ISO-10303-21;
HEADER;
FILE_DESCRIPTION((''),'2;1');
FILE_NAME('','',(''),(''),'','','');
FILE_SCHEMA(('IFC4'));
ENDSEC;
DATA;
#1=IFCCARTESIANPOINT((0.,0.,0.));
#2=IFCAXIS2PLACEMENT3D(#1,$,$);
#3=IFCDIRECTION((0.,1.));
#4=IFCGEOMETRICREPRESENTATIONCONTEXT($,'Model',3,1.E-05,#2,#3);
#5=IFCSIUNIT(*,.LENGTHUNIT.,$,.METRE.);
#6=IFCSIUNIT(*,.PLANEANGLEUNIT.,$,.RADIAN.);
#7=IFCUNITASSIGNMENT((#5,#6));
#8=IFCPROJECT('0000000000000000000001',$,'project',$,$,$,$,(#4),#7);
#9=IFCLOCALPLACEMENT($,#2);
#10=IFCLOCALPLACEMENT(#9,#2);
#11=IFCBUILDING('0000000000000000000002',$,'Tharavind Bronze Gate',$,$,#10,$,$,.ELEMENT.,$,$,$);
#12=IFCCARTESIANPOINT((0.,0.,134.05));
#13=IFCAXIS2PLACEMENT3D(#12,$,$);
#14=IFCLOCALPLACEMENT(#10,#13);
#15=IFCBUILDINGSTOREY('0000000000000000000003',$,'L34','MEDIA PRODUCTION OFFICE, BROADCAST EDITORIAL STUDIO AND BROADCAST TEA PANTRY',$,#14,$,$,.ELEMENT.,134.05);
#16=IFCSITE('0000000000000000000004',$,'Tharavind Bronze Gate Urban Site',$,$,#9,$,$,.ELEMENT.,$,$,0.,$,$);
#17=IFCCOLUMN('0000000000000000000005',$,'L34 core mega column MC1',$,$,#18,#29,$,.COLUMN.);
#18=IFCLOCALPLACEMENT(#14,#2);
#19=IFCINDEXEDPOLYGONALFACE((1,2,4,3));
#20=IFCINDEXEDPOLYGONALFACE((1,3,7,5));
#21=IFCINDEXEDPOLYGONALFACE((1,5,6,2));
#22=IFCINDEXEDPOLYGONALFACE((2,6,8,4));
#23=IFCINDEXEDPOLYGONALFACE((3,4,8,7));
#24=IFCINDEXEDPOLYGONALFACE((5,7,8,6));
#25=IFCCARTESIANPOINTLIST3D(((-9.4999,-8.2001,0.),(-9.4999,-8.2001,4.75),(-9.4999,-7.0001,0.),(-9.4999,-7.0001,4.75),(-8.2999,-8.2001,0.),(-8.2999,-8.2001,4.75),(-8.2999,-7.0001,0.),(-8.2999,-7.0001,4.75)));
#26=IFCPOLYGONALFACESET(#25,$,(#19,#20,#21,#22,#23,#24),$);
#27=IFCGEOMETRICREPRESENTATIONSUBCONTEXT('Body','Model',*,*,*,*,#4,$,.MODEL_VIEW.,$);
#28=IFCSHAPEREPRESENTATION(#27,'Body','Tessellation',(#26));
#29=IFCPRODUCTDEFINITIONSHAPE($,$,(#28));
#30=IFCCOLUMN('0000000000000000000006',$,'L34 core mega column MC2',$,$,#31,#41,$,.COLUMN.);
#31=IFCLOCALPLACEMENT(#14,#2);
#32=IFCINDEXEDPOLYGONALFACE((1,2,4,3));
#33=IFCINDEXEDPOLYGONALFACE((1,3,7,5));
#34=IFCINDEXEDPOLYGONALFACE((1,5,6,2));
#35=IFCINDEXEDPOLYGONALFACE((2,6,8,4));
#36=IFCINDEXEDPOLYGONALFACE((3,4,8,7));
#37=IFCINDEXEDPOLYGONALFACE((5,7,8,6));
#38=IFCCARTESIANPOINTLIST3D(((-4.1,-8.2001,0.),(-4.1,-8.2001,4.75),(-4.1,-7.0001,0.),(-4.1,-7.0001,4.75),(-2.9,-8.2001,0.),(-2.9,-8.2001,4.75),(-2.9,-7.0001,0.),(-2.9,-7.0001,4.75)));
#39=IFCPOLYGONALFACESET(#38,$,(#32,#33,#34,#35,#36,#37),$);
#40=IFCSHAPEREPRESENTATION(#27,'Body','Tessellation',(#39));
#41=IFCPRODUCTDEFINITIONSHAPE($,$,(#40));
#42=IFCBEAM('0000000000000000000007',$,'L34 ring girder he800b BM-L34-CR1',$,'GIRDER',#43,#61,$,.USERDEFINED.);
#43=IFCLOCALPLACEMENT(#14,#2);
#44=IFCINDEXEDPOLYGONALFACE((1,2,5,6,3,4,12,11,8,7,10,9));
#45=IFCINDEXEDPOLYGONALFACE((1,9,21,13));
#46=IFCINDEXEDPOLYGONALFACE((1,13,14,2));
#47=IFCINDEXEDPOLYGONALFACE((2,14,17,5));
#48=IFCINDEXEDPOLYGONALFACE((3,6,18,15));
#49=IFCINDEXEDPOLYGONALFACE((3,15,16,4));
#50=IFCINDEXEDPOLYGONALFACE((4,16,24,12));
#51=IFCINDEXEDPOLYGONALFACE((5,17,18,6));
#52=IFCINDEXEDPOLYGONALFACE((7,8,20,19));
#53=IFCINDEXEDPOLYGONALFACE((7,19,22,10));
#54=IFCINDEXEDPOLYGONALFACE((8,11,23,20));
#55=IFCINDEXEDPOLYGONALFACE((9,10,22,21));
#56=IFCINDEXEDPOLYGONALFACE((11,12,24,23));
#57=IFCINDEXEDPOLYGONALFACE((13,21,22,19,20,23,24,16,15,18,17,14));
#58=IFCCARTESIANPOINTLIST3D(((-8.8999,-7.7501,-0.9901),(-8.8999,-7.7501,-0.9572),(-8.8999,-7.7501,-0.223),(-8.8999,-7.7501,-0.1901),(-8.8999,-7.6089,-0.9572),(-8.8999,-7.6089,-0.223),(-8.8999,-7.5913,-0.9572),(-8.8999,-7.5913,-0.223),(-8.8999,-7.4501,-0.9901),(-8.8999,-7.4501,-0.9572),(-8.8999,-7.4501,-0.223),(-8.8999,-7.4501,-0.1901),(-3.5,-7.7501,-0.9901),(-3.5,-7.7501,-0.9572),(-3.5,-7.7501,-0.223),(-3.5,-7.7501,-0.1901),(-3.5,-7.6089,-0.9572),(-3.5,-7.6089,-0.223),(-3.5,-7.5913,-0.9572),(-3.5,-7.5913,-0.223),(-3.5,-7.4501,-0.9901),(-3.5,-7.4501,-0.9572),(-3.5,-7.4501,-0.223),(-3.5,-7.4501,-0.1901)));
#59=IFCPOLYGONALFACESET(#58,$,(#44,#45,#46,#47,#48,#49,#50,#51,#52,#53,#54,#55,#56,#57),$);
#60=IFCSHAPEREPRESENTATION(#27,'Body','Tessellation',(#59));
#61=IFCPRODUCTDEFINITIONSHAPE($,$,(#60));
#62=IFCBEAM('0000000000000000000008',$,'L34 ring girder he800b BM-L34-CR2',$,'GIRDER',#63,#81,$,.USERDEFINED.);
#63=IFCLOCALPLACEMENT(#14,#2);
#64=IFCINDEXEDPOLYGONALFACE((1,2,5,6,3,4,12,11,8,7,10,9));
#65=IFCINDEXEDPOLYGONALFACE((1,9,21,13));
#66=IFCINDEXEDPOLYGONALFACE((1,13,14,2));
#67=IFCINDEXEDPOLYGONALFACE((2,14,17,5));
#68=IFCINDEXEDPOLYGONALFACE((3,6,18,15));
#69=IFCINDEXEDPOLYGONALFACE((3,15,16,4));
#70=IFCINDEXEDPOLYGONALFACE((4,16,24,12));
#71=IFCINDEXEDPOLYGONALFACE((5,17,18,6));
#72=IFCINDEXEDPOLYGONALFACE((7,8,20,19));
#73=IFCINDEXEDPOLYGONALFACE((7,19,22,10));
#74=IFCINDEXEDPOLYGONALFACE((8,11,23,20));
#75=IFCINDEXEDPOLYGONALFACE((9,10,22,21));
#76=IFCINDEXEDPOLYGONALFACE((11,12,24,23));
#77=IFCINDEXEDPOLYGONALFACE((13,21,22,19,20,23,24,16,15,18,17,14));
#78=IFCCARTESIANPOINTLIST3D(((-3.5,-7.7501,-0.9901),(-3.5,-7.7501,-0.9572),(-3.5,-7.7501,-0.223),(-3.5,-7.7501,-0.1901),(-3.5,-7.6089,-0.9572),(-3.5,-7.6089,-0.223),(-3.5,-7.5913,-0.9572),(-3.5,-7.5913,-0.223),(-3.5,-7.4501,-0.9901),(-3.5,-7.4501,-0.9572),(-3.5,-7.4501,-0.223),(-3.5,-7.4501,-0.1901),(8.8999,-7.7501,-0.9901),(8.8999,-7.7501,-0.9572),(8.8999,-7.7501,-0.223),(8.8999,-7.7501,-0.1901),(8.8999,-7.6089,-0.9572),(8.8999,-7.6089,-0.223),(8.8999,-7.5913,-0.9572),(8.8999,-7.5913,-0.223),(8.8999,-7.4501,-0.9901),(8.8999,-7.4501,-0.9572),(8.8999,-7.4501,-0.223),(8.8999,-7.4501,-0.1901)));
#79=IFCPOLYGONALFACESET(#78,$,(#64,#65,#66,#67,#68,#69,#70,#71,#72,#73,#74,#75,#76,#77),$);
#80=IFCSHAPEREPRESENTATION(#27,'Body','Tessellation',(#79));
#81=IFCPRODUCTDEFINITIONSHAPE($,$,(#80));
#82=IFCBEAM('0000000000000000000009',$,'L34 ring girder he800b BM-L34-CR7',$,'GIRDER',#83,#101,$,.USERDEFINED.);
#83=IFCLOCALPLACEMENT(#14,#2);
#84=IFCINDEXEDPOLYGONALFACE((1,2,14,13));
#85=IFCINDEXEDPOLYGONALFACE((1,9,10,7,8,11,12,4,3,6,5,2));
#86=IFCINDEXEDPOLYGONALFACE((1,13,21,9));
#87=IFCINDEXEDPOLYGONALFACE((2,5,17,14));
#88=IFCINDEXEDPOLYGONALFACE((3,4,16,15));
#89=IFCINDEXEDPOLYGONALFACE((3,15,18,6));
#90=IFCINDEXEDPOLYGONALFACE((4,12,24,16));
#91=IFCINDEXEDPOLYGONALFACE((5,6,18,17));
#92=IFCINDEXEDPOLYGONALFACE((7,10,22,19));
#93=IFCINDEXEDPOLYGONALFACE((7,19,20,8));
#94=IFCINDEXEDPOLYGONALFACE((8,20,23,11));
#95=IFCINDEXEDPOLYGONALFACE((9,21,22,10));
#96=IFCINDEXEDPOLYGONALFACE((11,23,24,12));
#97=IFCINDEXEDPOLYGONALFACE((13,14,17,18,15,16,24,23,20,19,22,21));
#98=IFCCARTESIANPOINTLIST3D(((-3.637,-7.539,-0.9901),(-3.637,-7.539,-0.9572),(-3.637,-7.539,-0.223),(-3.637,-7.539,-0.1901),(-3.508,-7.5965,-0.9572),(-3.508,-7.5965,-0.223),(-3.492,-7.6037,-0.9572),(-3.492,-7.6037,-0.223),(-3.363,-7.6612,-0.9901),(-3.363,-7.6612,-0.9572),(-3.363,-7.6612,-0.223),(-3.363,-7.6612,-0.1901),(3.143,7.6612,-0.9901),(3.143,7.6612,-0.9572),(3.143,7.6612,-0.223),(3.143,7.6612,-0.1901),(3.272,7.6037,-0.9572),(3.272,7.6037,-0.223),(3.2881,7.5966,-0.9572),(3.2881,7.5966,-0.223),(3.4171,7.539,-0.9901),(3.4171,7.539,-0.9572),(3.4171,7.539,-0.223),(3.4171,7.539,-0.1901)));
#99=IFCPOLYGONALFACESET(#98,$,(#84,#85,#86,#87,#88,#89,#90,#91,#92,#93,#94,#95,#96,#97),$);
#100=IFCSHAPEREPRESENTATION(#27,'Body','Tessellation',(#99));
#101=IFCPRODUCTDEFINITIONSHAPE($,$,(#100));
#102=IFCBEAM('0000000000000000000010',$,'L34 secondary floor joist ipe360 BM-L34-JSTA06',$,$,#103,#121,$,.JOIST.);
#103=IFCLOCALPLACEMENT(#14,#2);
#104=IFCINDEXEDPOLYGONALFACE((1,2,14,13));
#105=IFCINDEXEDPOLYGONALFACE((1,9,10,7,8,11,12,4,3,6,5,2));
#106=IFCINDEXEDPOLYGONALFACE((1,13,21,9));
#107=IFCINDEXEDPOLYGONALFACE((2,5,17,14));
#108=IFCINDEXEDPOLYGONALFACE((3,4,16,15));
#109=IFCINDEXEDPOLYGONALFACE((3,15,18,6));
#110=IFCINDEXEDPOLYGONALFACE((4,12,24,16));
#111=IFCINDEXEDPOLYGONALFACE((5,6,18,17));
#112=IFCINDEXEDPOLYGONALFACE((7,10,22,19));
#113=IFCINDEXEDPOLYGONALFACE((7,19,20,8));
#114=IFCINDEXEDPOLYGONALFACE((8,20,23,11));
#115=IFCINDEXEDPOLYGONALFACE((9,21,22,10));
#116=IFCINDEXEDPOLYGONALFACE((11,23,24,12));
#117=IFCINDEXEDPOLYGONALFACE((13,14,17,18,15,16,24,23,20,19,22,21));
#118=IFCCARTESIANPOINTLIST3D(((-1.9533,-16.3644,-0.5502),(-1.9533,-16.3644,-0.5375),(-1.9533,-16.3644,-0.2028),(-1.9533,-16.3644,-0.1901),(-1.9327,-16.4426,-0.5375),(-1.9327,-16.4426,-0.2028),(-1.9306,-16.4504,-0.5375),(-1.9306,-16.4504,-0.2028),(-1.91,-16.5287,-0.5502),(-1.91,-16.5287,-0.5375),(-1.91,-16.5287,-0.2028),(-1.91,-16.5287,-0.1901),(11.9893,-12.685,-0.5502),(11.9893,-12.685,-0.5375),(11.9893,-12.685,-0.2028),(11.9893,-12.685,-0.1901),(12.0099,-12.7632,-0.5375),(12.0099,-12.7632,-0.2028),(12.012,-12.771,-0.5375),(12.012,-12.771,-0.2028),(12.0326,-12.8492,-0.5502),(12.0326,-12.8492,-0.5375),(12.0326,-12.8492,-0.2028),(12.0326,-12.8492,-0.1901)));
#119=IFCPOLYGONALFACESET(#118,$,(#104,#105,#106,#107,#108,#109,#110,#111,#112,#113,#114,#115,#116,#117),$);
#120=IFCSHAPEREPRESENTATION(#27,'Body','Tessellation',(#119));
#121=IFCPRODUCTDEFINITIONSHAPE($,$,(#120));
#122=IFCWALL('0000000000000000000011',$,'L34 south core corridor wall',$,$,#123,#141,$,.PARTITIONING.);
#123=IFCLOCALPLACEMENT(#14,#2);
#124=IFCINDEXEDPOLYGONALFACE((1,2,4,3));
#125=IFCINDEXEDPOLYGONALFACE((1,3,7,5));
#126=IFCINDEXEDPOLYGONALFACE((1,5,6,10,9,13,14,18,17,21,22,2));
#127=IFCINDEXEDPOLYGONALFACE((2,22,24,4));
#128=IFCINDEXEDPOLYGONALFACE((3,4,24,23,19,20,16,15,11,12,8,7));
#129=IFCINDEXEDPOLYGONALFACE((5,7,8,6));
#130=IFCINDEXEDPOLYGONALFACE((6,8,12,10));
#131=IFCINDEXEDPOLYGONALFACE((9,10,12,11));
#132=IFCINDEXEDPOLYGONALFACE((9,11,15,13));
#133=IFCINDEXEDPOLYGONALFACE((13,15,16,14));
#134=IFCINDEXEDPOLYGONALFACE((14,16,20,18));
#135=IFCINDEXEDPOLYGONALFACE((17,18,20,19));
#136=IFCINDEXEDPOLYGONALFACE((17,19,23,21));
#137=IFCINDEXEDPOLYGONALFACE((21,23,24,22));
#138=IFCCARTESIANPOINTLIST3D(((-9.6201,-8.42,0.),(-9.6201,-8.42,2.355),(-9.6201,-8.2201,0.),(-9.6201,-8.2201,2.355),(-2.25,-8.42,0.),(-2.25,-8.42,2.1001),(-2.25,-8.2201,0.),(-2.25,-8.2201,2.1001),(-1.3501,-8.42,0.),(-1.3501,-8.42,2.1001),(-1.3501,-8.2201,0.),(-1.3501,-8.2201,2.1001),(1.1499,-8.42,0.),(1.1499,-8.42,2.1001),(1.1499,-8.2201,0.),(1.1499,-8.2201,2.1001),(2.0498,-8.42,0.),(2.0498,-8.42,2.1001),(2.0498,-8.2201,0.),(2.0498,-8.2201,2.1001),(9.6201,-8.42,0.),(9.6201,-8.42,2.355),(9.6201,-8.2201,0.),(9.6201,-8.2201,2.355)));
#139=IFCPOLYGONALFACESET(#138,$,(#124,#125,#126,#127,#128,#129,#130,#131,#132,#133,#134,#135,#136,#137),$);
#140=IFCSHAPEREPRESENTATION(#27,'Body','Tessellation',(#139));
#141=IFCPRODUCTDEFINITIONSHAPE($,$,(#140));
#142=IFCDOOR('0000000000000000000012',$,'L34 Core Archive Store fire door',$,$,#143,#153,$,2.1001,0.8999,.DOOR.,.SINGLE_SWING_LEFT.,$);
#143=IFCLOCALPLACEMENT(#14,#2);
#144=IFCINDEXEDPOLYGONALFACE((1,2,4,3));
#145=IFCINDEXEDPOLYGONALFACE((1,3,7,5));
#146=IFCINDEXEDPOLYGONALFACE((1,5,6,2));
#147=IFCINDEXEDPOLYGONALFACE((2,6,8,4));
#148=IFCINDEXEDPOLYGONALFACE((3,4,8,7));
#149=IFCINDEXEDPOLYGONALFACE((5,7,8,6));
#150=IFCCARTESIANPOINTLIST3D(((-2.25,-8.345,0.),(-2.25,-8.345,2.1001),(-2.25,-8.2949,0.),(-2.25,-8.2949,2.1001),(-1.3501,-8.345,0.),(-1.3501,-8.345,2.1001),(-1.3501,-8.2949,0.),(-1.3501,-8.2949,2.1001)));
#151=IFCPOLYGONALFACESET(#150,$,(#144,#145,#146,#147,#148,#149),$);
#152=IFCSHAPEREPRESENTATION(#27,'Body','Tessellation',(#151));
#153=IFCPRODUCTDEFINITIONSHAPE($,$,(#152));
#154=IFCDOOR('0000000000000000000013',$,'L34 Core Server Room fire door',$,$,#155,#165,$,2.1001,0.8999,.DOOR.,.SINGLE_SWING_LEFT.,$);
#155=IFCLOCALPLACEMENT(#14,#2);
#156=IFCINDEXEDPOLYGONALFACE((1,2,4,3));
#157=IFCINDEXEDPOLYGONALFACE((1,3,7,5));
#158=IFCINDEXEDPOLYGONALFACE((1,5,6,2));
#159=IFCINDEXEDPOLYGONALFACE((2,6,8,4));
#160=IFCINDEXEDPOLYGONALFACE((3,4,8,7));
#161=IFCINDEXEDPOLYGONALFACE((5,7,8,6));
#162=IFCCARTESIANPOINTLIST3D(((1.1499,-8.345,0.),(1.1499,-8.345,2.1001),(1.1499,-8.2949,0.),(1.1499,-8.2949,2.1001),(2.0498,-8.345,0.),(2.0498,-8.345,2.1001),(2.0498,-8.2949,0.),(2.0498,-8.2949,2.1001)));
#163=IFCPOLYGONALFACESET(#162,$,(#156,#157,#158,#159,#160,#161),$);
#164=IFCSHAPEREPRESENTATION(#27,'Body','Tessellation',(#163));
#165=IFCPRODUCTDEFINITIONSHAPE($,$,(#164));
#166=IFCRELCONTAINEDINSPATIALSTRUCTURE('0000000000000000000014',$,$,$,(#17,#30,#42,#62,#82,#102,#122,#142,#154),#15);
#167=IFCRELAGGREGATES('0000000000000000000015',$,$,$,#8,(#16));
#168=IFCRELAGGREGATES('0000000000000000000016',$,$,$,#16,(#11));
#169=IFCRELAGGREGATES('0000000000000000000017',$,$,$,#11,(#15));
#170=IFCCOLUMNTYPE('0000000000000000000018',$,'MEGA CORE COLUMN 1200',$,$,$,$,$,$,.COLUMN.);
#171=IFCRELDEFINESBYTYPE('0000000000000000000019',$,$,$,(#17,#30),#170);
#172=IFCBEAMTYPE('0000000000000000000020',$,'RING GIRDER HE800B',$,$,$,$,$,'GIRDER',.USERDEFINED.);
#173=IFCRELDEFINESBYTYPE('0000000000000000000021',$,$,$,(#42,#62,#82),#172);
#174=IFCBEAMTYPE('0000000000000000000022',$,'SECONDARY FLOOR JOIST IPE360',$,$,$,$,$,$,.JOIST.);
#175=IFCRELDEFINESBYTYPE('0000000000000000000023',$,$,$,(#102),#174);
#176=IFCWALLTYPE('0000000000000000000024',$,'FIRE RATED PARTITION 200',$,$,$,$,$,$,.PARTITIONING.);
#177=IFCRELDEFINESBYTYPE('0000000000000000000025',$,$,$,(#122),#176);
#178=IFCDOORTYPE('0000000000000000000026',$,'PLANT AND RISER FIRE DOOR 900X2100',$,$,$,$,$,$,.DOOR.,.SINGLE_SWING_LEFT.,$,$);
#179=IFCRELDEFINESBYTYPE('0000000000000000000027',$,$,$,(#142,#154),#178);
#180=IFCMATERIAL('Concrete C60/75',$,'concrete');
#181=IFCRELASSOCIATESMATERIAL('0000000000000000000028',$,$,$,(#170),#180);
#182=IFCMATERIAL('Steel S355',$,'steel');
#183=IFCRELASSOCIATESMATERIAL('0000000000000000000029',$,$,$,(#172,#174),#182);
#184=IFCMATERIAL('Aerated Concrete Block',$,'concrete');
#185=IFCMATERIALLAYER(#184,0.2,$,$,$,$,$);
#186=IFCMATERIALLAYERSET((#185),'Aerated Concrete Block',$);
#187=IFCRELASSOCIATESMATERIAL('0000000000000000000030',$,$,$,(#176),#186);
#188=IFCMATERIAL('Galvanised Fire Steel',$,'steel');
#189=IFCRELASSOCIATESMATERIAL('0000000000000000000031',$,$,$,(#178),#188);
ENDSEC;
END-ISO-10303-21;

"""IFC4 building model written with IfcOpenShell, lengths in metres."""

from ifc_helpers import new_model, si_unit, direction, frame, frame_2d, origin, origin_2d, place, context, subcontext, project, spatial, rectangle, i_section, extrude, material, layer, layer_set, material_profile, profile_set, type_object, element, fill, save


model = new_model("IFC4")

# Units and contexts
model_context = context("Model", 3, precision=1e-05, world=origin(), true_north=direction((0.0, 1.0)))
body_context = subcontext(model_context, "Body", "Model", "MODEL_VIEW")
ifc_project = project(units=[si_unit("LENGTHUNIT", "METRE"), si_unit("PLANEANGLEUNIT", "RADIAN")], contexts=[model_context])

# Site, building, storey
site_placement = place(None, origin())
site = spatial("IfcSite", under=ifc_project, at=site_placement, Name="Tharavind Bronze Gate Urban Site", CompositionType="ELEMENT", RefElevation=0.0)
building_placement = place(site_placement, origin())
building = spatial("IfcBuilding", under=site, at=building_placement, Name="Tharavind Bronze Gate", CompositionType="ELEMENT")
storey_placement = place(building_placement, frame((0.0, 0.0, 134.05)))
storey = spatial("IfcBuildingStorey", under=building, at=storey_placement, Name="L34", Description="MEDIA PRODUCTION OFFICE, BROADCAST EDITORIAL STUDIO AND BROADCAST TEA PANTRY", CompositionType="ELEMENT", Elevation=134.05)

# Columns
ifc_material_1 = material(Name="Concrete C60/75", Category="concrete")
ifc_material_profile_1 = material_profile(ifc_material_1, rectangle(XDim=1.2, YDim=1.2, at=origin_2d()), Name="RCCOL1200")
ifc_profile_set_1 = profile_set([ifc_material_profile_1], Name="Concrete C60/75")
column_type = type_object("IfcColumnType", Name="MEGA CORE COLUMN 1200", PredefinedType="COLUMN", material=ifc_profile_set_1)
for number, where, z_axis, x_axis, name in (
    (1, (-8.8999, -7.6001, 0.0), (0.0, 0.0, 1.0), (1.0, 0.0, 0.0), "L34 core mega column MC1"),
    (2, (-3.5, -7.6001, 0.0), (0.0, 0.0, 1.0), (1.0, 0.0, 0.0), "L34 core mega column MC2"),
):
    element("IfcColumn", number, at=place(storey_placement, frame(where, z_axis=z_axis, x_axis=x_axis)), inside=storey, type_object=column_type, Name=name, PredefinedType="COLUMN", context=body_context, shape_type="SweptSolid", body=[
        extrude(rectangle(XDim=1.2, YDim=1.2, at=origin_2d()), origin(), (0.0, 0.0, 1.0), 4.75),
    ])

# Beams
ifc_material_2 = material(Name="Steel S355", Category="steel")
ifc_material_profile_2 = material_profile(ifc_material_2, i_section(OverallWidth=0.3, OverallDepth=0.8, WebThickness=0.0176, FlangeThickness=0.033, at=origin_2d()), Name="HE800B")
ifc_profile_set_2 = profile_set([ifc_material_profile_2], Name="Steel S355")
beam_type_1 = type_object("IfcBeamType", Name="RING GIRDER HE800B", ElementType="GIRDER", PredefinedType="USERDEFINED", material=ifc_profile_set_2)
beam_1_placement = place(storey_placement, frame((-8.8999, -7.6001, -0.5901), z_axis=(1.0, 0.0, 0.0), x_axis=(0.0, 1.0, 0.0)))
element("IfcBeam", 3, at=beam_1_placement, inside=storey, type_object=beam_type_1, Name="L34 ring girder he800b BM-L34-CR1", ObjectType="GIRDER", PredefinedType="USERDEFINED", context=body_context, shape_type="SweptSolid", body=[
    extrude(i_section(OverallWidth=0.3, OverallDepth=0.8, WebThickness=0.0176, FlangeThickness=0.033, at=origin_2d()), origin(), (0.0, 0.0, 1.0), 5.3999),
])
beam_2_placement = place(storey_placement, frame((-3.5, -7.6001, -0.5901), z_axis=(1.0, 0.0, 0.0), x_axis=(0.0, 1.0, 0.0)))
element("IfcBeam", 4, at=beam_2_placement, inside=storey, type_object=beam_type_1, Name="L34 ring girder he800b BM-L34-CR2", ObjectType="GIRDER", PredefinedType="USERDEFINED", context=body_context, shape_type="SweptSolid", body=[
    extrude(i_section(OverallWidth=0.3, OverallDepth=0.8, WebThickness=0.0176, FlangeThickness=0.033, at=origin_2d()), origin(), (0.0, 0.0, 1.0), 12.3999),
])
beam_3_placement = place(storey_placement, frame((-3.5, -7.6001, -0.5901), z_axis=(0.407362, 0.913267, 0.0), x_axis=(-0.913267, 0.407362, 0.0)))
element("IfcBeam", 5, at=beam_3_placement, inside=storey, type_object=beam_type_1, Name="L34 ring girder he800b BM-L34-CR7", ObjectType="GIRDER", PredefinedType="USERDEFINED", context=body_context, shape_type="SweptSolid", body=[
    extrude(i_section(OverallWidth=0.3, OverallDepth=0.8, WebThickness=0.0176, FlangeThickness=0.033, at=origin_2d()), origin(), (0.0, 0.0, 1.0), 16.6438),
])
ifc_material_profile_3 = material_profile(ifc_material_2, i_section(OverallWidth=0.1699, OverallDepth=0.3601, WebThickness=0.0081, FlangeThickness=0.0127, at=origin_2d()), Name="IPE360")
ifc_profile_set_3 = profile_set([ifc_material_profile_3], Name="Steel S355")
beam_type_2 = type_object("IfcBeamType", Name="SECONDARY FLOOR JOIST IPE360", PredefinedType="JOIST", material=ifc_profile_set_3)
beam_4_placement = place(storey_placement, frame((-1.9316, -16.4465, -0.3701), z_axis=(0.966898, 0.255163, 0.0), x_axis=(-0.255163, 0.966898, 0.0)))
element("IfcBeam", 6, at=beam_4_placement, inside=storey, type_object=beam_type_2, Name="L34 secondary floor joist ipe360 BM-L34-JSTA06", PredefinedType="JOIST", context=body_context, shape_type="SweptSolid", body=[
    extrude(i_section(OverallWidth=0.1699, OverallDepth=0.3601, WebThickness=0.0081, FlangeThickness=0.0127, at=origin_2d()), origin(), (0.0, 0.0, 1.0), 14.4199),
])

# Wall, openings, doors
ifc_material_3 = material(Name="Aerated Concrete Block", Category="concrete")
ifc_layer_1 = layer(ifc_material_3, 0.2)
ifc_layer_set_1 = layer_set([ifc_layer_1], Name="Aerated Concrete Block")
wall_type_1 = type_object("IfcWallType", Name="FIRE RATED PARTITION 200", PredefinedType="PARTITIONING", material=ifc_layer_set_1)
wall_1_placement = place(storey_placement, frame((-9.6201, -8.3201, 0.0), z_axis=(0.0, 0.0, 1.0), x_axis=(1.0, 0.0, 0.0)))
wall_1 = element("IfcWall", 7, at=wall_1_placement, inside=storey, type_object=wall_type_1, Name="L34 south core corridor wall", PredefinedType="PARTITIONING", context=body_context, shape_type="SweptSolid", body=[
    extrude(rectangle(XDim=19.2402, YDim=0.2, at=frame_2d((9.6201, 0.0))), origin(), (0.0, 0.0, 1.0), 2.355),
])
opening_1_placement = place(wall_1_placement, frame((7.3701, 0.0, 0.0)))
opening_1 = element("IfcOpeningElement", 8, at=opening_1_placement, cuts=wall_1, PredefinedType="OPENING", context=body_context, shape_type="SweptSolid", body=[
    extrude(rectangle(XDim=0.8999, YDim=2.1001, at=frame_2d((0.45, 1.05))), frame((0.0, 0.1101, 0.0), z_axis=(0.0, -1.0, 0.0), x_axis=(1.0, 0.0, 0.0)), (0.0, 0.0, 1.0), 0.22),
])
opening_2_placement = place(wall_1_placement, frame((10.77, 0.0, 0.0)))
opening_2 = element("IfcOpeningElement", 9, at=opening_2_placement, cuts=wall_1, PredefinedType="OPENING", context=body_context, shape_type="SweptSolid", body=[
    extrude(rectangle(XDim=0.8999, YDim=2.1001, at=frame_2d((0.45, 1.05))), frame((0.0, 0.1101, 0.0), z_axis=(0.0, -1.0, 0.0), x_axis=(1.0, 0.0, 0.0)), (0.0, 0.0, 1.0), 0.22),
])
ifc_material_4 = material(Name="Galvanised Fire Steel", Category="steel")
door_type_1 = type_object("IfcDoorType", Name="PLANT AND RISER FIRE DOOR 900X2100", OperationType="SINGLE_SWING_LEFT", PredefinedType="DOOR", material=ifc_material_4)
door_1_placement = place(opening_1_placement, frame((0.8999, 0.0, 0.0), z_axis=(0.0, 0.0, 1.0), x_axis=(-1.0, 0.0, 0.0)))
door_1 = element("IfcDoor", 10, at=door_1_placement, inside=storey, type_object=door_type_1, Name="L34 Core Archive Store fire door", OperationType="SINGLE_SWING_LEFT", OverallHeight=2.1001, OverallWidth=0.8999, PredefinedType="DOOR", context=body_context, shape_type="SweptSolid", body=[
    extrude(rectangle(XDim=0.8999, YDim=2.1001, at=frame_2d((0.45, 1.05))), frame((0.0, 0.0249, 0.0), z_axis=(0.0, -1.0, 0.0), x_axis=(1.0, 0.0, 0.0)), (0.0, 0.0, 1.0), 0.05),
])
fill(opening_1, door_1)
door_2_placement = place(opening_2_placement, frame((0.8999, 0.0, 0.0), z_axis=(0.0, 0.0, 1.0), x_axis=(-1.0, 0.0, 0.0)))
door_2 = element("IfcDoor", 11, at=door_2_placement, inside=storey, type_object=door_type_1, Name="L34 Core Server Room fire door", OperationType="SINGLE_SWING_LEFT", OverallHeight=2.1001, OverallWidth=0.8999, PredefinedType="DOOR", context=body_context, shape_type="SweptSolid", body=[
    extrude(rectangle(XDim=0.8999, YDim=2.1001, at=frame_2d((0.45, 1.05))), frame((0.0, 0.0249, 0.0), z_axis=(0.0, -1.0, 0.0), x_axis=(1.0, 0.0, 0.0)), (0.0, 0.0, 1.0), 0.05),
])
fill(opening_2, door_2)

save(model, "model.ifc")
